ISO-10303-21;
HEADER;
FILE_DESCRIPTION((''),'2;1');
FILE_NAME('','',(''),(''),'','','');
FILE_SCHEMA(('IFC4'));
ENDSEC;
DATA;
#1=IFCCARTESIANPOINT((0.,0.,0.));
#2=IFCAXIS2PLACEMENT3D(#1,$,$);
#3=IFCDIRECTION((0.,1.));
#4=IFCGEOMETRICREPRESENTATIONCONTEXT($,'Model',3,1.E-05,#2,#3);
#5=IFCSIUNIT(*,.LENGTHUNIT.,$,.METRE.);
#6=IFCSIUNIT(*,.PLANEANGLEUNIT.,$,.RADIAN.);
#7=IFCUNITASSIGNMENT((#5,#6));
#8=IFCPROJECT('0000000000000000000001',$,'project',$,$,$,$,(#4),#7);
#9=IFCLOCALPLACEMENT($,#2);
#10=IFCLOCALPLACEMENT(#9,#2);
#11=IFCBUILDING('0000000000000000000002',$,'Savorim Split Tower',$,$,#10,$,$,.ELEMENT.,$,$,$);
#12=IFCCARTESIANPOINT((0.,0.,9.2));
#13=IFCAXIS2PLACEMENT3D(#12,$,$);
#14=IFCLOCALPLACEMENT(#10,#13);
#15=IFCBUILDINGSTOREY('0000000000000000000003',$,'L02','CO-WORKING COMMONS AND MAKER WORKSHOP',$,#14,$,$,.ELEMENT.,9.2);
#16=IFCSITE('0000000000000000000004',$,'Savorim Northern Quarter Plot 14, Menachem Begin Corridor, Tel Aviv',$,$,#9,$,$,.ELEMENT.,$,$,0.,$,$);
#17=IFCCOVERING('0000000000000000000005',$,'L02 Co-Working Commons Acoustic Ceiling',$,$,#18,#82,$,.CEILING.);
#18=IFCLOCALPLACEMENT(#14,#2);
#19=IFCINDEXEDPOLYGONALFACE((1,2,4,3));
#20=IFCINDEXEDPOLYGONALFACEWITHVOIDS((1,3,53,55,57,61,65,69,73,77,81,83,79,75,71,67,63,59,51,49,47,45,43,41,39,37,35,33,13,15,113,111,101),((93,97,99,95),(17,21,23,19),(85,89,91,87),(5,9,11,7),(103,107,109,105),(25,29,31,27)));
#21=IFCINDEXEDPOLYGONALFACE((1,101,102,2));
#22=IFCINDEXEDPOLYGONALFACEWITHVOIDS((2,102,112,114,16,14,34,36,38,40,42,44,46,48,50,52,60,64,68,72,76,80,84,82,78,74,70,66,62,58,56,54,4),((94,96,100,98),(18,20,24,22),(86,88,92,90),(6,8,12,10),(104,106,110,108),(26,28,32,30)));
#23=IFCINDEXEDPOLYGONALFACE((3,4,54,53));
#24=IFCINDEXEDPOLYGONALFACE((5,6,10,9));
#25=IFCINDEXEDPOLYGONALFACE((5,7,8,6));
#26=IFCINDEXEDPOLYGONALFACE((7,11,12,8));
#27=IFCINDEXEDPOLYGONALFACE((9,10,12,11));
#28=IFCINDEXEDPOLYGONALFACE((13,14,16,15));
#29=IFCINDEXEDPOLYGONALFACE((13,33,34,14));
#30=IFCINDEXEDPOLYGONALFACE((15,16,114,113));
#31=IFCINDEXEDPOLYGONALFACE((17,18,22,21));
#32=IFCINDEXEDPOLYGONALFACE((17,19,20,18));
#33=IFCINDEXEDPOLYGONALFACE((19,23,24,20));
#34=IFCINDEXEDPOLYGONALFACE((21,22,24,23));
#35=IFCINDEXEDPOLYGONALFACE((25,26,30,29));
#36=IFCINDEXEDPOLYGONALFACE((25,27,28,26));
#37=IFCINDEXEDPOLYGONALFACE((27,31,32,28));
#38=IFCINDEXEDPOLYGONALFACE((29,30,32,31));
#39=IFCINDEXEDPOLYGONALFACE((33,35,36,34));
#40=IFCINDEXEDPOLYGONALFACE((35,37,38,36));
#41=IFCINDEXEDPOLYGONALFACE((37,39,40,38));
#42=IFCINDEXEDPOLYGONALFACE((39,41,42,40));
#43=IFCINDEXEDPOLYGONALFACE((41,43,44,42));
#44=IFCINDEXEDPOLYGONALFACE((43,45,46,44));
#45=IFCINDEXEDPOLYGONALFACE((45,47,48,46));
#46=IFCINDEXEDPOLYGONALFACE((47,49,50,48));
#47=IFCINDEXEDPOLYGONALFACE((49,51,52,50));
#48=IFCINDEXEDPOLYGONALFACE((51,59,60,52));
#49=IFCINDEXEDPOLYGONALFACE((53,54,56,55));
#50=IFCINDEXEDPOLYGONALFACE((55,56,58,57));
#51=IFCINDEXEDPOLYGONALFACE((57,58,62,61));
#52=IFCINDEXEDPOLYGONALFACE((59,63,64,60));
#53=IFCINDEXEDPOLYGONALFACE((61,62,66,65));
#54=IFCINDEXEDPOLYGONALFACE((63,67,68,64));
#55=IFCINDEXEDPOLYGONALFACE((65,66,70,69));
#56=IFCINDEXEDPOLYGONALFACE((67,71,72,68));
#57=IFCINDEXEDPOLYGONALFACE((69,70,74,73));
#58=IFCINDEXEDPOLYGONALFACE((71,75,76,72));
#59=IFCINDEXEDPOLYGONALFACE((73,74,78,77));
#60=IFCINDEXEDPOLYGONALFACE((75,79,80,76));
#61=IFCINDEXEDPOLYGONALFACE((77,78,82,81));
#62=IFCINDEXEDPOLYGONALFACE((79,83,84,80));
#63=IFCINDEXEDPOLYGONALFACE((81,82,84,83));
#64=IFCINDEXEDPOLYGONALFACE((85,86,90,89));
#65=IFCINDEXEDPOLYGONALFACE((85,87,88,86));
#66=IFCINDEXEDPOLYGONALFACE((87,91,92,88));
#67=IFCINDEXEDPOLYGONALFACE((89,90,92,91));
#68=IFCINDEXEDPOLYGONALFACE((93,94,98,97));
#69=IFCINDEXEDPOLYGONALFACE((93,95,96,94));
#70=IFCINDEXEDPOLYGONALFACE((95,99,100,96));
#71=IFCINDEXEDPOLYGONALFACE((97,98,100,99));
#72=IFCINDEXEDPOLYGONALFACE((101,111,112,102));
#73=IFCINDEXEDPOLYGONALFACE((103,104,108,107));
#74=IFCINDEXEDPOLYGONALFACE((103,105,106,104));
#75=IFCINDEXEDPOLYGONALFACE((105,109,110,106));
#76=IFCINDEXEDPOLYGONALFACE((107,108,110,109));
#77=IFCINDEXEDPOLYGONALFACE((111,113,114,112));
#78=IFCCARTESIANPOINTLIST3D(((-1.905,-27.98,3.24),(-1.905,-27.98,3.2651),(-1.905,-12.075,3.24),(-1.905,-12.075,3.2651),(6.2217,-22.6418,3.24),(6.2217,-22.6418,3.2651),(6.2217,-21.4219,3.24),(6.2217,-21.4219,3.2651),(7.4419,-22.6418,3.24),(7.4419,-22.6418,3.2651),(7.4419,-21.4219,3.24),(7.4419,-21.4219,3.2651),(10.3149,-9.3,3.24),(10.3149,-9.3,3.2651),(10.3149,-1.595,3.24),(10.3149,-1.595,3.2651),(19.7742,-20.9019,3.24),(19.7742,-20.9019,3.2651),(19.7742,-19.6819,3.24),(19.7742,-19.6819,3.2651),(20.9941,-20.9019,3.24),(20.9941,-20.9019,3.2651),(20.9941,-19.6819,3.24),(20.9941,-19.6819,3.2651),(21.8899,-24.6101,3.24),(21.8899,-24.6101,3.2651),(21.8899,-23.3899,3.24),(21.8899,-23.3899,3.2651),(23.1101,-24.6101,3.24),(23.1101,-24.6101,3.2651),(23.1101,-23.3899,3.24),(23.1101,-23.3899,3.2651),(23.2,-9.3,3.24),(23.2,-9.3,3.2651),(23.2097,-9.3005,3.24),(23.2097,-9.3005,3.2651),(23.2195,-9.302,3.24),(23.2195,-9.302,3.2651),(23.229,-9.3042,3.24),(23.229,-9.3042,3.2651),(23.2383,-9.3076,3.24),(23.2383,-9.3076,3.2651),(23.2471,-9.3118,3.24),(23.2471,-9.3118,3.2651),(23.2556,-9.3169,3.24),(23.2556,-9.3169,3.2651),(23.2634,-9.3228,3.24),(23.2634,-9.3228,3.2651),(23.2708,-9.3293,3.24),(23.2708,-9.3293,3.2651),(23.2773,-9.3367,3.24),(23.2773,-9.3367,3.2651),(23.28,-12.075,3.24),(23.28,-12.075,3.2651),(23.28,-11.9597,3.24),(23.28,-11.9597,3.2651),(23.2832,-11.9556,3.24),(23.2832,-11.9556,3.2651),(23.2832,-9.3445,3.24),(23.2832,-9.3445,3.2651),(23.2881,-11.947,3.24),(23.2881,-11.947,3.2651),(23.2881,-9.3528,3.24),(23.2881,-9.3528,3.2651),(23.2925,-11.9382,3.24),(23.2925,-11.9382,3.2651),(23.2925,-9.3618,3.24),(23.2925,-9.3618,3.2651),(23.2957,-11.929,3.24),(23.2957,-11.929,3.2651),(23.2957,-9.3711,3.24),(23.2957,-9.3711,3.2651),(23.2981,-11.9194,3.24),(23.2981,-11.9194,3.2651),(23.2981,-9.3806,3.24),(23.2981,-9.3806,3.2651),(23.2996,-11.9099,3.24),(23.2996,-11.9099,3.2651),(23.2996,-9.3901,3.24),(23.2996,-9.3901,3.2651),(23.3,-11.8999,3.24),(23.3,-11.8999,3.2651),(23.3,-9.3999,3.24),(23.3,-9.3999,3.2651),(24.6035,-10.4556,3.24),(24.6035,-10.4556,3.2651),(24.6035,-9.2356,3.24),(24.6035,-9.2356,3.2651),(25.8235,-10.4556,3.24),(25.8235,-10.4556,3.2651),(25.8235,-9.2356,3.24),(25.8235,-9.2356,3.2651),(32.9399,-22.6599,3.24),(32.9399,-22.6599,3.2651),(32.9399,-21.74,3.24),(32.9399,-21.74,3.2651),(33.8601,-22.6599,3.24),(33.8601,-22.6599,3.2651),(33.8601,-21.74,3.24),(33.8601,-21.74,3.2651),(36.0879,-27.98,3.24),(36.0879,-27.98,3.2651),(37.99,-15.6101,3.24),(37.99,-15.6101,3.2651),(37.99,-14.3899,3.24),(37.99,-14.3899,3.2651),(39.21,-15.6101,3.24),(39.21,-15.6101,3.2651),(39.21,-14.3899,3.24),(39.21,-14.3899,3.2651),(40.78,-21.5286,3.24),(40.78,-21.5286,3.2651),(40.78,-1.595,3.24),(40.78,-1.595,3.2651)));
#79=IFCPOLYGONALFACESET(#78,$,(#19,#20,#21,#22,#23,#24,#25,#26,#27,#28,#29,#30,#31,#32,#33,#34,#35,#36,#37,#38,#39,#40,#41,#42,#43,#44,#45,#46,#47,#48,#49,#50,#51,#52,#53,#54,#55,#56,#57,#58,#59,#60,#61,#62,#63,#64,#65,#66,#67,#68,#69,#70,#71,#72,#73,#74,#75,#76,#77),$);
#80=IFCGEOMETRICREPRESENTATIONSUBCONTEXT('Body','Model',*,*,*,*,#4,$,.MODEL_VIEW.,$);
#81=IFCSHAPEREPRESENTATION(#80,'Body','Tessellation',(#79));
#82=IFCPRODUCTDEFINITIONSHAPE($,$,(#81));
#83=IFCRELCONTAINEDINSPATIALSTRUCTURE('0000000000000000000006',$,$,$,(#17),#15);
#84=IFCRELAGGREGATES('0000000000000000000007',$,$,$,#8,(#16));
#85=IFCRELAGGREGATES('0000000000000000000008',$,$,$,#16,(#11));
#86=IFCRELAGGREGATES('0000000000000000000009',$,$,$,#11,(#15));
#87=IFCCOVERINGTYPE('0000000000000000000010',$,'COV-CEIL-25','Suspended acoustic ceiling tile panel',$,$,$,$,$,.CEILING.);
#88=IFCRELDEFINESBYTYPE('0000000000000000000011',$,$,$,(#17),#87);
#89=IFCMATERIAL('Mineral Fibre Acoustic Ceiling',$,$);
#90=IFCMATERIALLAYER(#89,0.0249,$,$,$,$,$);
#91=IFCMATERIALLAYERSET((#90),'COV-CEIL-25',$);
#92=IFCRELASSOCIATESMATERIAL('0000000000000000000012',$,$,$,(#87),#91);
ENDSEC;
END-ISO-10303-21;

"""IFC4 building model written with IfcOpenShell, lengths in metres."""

from ifc_helpers import new_model, si_unit, direction, frame, origin, place, context, subcontext, project, spatial, polyline, outline, extrude, material, layer, layer_set, type_object, element, save


model = new_model("IFC4")

# Units and contexts
model_context = context("Model", 3, precision=1e-05, world=origin(), true_north=direction((0.0, 1.0)))
body_context = subcontext(model_context, "Body", "Model", "MODEL_VIEW")
ifc_project = project(units=[si_unit("LENGTHUNIT", "METRE"), si_unit("PLANEANGLEUNIT", "RADIAN")], contexts=[model_context])

# Site, building, storey
site_placement = place(None, origin())
site = spatial("IfcSite", under=ifc_project, at=site_placement, Name="Savorim Northern Quarter Plot 14, Menachem Begin Corridor, Tel Aviv", CompositionType="ELEMENT", RefElevation=0.0)
building_placement = place(site_placement, origin())
building = spatial("IfcBuilding", under=site, at=building_placement, Name="Savorim Split Tower", CompositionType="ELEMENT")
storey_placement = place(building_placement, frame((0.0, 0.0, 9.2)))
storey = spatial("IfcBuildingStorey", under=building, at=storey_placement, Name="L02", Description="CO-WORKING COMMONS AND MAKER WORKSHOP", CompositionType="ELEMENT", Elevation=9.2)

# Covering
ifc_material_1 = material(Name="Mineral Fibre Acoustic Ceiling")
ifc_layer_1 = layer(ifc_material_1, 0.0249)
ifc_layer_set_1 = layer_set([ifc_layer_1], Name="COV-CEIL-25")
covering_type_1 = type_object("IfcCoveringType", Name="COV-CEIL-25", Description="Suspended acoustic ceiling tile panel", PredefinedType="CEILING", material=ifc_layer_set_1)
covering_1_placement = place(storey_placement, frame((0.0, 0.0, 3.24)))
element("IfcCovering", 1, at=covering_1_placement, inside=storey, type_object=covering_type_1, Name="L02 Co-Working Commons Acoustic Ceiling", PredefinedType="CEILING", context=body_context, shape_type="SweptSolid", body=[
    extrude(outline(polyline([(-1.905, -27.98), (36.0879, -27.98), (40.78, -21.5286), (40.78, -1.595), (10.3149, -1.595), (10.3149, -9.3), (23.2, -9.3), (23.2097, -9.3005), (23.2195, -9.302), (23.229, -9.3042), (23.2383, -9.3076), (23.2471, -9.3118), (23.2556, -9.3169), (23.2634, -9.3228), (23.2708, -9.3293), (23.2773, -9.3367), (23.2832, -9.3445), (23.2881, -9.3528), (23.2925, -9.3618), (23.2957, -9.3711), (23.2981, -9.3806), (23.2996, -9.3901), (23.3, -9.3999), (23.3, -11.8999), (23.2996, -11.9099), (23.2981, -11.9194), (23.2957, -11.929), (23.2925, -11.9382), (23.2881, -11.947), (23.2832, -11.9556), (23.28, -11.9597), (23.28, -12.075), (-1.905, -12.075), (-1.905, -27.98)]), holes=[polyline([(37.99, -14.3899), (37.99, -15.6101), (39.21, -15.6101), (39.21, -14.3899), (37.99, -14.3899)]), polyline([(21.8899, -24.6101), (23.1101, -24.6101), (23.1101, -23.3899), (21.8899, -23.3899), (21.8899, -24.6101)]), polyline([(6.2217, -21.4219), (6.2217, -22.6418), (7.4419, -22.6418), (7.4419, -21.4219), (6.2217, -21.4219)]), polyline([(19.7742, -20.9019), (20.9941, -20.9019), (20.9941, -19.6819), (19.7742, -19.6819), (19.7742, -20.9019)]), polyline([(25.8235, -10.4556), (25.8235, -9.2356), (24.6035, -9.2356), (24.6035, -10.4556), (25.8235, -10.4556)]), polyline([(32.9399, -21.74), (32.9399, -22.6599), (33.8601, -22.6599), (33.8601, -21.74), (32.9399, -21.74)])]), origin(), (0.0, 0.0, 1.0), 0.0251),
])

save(model, "model.ifc")
